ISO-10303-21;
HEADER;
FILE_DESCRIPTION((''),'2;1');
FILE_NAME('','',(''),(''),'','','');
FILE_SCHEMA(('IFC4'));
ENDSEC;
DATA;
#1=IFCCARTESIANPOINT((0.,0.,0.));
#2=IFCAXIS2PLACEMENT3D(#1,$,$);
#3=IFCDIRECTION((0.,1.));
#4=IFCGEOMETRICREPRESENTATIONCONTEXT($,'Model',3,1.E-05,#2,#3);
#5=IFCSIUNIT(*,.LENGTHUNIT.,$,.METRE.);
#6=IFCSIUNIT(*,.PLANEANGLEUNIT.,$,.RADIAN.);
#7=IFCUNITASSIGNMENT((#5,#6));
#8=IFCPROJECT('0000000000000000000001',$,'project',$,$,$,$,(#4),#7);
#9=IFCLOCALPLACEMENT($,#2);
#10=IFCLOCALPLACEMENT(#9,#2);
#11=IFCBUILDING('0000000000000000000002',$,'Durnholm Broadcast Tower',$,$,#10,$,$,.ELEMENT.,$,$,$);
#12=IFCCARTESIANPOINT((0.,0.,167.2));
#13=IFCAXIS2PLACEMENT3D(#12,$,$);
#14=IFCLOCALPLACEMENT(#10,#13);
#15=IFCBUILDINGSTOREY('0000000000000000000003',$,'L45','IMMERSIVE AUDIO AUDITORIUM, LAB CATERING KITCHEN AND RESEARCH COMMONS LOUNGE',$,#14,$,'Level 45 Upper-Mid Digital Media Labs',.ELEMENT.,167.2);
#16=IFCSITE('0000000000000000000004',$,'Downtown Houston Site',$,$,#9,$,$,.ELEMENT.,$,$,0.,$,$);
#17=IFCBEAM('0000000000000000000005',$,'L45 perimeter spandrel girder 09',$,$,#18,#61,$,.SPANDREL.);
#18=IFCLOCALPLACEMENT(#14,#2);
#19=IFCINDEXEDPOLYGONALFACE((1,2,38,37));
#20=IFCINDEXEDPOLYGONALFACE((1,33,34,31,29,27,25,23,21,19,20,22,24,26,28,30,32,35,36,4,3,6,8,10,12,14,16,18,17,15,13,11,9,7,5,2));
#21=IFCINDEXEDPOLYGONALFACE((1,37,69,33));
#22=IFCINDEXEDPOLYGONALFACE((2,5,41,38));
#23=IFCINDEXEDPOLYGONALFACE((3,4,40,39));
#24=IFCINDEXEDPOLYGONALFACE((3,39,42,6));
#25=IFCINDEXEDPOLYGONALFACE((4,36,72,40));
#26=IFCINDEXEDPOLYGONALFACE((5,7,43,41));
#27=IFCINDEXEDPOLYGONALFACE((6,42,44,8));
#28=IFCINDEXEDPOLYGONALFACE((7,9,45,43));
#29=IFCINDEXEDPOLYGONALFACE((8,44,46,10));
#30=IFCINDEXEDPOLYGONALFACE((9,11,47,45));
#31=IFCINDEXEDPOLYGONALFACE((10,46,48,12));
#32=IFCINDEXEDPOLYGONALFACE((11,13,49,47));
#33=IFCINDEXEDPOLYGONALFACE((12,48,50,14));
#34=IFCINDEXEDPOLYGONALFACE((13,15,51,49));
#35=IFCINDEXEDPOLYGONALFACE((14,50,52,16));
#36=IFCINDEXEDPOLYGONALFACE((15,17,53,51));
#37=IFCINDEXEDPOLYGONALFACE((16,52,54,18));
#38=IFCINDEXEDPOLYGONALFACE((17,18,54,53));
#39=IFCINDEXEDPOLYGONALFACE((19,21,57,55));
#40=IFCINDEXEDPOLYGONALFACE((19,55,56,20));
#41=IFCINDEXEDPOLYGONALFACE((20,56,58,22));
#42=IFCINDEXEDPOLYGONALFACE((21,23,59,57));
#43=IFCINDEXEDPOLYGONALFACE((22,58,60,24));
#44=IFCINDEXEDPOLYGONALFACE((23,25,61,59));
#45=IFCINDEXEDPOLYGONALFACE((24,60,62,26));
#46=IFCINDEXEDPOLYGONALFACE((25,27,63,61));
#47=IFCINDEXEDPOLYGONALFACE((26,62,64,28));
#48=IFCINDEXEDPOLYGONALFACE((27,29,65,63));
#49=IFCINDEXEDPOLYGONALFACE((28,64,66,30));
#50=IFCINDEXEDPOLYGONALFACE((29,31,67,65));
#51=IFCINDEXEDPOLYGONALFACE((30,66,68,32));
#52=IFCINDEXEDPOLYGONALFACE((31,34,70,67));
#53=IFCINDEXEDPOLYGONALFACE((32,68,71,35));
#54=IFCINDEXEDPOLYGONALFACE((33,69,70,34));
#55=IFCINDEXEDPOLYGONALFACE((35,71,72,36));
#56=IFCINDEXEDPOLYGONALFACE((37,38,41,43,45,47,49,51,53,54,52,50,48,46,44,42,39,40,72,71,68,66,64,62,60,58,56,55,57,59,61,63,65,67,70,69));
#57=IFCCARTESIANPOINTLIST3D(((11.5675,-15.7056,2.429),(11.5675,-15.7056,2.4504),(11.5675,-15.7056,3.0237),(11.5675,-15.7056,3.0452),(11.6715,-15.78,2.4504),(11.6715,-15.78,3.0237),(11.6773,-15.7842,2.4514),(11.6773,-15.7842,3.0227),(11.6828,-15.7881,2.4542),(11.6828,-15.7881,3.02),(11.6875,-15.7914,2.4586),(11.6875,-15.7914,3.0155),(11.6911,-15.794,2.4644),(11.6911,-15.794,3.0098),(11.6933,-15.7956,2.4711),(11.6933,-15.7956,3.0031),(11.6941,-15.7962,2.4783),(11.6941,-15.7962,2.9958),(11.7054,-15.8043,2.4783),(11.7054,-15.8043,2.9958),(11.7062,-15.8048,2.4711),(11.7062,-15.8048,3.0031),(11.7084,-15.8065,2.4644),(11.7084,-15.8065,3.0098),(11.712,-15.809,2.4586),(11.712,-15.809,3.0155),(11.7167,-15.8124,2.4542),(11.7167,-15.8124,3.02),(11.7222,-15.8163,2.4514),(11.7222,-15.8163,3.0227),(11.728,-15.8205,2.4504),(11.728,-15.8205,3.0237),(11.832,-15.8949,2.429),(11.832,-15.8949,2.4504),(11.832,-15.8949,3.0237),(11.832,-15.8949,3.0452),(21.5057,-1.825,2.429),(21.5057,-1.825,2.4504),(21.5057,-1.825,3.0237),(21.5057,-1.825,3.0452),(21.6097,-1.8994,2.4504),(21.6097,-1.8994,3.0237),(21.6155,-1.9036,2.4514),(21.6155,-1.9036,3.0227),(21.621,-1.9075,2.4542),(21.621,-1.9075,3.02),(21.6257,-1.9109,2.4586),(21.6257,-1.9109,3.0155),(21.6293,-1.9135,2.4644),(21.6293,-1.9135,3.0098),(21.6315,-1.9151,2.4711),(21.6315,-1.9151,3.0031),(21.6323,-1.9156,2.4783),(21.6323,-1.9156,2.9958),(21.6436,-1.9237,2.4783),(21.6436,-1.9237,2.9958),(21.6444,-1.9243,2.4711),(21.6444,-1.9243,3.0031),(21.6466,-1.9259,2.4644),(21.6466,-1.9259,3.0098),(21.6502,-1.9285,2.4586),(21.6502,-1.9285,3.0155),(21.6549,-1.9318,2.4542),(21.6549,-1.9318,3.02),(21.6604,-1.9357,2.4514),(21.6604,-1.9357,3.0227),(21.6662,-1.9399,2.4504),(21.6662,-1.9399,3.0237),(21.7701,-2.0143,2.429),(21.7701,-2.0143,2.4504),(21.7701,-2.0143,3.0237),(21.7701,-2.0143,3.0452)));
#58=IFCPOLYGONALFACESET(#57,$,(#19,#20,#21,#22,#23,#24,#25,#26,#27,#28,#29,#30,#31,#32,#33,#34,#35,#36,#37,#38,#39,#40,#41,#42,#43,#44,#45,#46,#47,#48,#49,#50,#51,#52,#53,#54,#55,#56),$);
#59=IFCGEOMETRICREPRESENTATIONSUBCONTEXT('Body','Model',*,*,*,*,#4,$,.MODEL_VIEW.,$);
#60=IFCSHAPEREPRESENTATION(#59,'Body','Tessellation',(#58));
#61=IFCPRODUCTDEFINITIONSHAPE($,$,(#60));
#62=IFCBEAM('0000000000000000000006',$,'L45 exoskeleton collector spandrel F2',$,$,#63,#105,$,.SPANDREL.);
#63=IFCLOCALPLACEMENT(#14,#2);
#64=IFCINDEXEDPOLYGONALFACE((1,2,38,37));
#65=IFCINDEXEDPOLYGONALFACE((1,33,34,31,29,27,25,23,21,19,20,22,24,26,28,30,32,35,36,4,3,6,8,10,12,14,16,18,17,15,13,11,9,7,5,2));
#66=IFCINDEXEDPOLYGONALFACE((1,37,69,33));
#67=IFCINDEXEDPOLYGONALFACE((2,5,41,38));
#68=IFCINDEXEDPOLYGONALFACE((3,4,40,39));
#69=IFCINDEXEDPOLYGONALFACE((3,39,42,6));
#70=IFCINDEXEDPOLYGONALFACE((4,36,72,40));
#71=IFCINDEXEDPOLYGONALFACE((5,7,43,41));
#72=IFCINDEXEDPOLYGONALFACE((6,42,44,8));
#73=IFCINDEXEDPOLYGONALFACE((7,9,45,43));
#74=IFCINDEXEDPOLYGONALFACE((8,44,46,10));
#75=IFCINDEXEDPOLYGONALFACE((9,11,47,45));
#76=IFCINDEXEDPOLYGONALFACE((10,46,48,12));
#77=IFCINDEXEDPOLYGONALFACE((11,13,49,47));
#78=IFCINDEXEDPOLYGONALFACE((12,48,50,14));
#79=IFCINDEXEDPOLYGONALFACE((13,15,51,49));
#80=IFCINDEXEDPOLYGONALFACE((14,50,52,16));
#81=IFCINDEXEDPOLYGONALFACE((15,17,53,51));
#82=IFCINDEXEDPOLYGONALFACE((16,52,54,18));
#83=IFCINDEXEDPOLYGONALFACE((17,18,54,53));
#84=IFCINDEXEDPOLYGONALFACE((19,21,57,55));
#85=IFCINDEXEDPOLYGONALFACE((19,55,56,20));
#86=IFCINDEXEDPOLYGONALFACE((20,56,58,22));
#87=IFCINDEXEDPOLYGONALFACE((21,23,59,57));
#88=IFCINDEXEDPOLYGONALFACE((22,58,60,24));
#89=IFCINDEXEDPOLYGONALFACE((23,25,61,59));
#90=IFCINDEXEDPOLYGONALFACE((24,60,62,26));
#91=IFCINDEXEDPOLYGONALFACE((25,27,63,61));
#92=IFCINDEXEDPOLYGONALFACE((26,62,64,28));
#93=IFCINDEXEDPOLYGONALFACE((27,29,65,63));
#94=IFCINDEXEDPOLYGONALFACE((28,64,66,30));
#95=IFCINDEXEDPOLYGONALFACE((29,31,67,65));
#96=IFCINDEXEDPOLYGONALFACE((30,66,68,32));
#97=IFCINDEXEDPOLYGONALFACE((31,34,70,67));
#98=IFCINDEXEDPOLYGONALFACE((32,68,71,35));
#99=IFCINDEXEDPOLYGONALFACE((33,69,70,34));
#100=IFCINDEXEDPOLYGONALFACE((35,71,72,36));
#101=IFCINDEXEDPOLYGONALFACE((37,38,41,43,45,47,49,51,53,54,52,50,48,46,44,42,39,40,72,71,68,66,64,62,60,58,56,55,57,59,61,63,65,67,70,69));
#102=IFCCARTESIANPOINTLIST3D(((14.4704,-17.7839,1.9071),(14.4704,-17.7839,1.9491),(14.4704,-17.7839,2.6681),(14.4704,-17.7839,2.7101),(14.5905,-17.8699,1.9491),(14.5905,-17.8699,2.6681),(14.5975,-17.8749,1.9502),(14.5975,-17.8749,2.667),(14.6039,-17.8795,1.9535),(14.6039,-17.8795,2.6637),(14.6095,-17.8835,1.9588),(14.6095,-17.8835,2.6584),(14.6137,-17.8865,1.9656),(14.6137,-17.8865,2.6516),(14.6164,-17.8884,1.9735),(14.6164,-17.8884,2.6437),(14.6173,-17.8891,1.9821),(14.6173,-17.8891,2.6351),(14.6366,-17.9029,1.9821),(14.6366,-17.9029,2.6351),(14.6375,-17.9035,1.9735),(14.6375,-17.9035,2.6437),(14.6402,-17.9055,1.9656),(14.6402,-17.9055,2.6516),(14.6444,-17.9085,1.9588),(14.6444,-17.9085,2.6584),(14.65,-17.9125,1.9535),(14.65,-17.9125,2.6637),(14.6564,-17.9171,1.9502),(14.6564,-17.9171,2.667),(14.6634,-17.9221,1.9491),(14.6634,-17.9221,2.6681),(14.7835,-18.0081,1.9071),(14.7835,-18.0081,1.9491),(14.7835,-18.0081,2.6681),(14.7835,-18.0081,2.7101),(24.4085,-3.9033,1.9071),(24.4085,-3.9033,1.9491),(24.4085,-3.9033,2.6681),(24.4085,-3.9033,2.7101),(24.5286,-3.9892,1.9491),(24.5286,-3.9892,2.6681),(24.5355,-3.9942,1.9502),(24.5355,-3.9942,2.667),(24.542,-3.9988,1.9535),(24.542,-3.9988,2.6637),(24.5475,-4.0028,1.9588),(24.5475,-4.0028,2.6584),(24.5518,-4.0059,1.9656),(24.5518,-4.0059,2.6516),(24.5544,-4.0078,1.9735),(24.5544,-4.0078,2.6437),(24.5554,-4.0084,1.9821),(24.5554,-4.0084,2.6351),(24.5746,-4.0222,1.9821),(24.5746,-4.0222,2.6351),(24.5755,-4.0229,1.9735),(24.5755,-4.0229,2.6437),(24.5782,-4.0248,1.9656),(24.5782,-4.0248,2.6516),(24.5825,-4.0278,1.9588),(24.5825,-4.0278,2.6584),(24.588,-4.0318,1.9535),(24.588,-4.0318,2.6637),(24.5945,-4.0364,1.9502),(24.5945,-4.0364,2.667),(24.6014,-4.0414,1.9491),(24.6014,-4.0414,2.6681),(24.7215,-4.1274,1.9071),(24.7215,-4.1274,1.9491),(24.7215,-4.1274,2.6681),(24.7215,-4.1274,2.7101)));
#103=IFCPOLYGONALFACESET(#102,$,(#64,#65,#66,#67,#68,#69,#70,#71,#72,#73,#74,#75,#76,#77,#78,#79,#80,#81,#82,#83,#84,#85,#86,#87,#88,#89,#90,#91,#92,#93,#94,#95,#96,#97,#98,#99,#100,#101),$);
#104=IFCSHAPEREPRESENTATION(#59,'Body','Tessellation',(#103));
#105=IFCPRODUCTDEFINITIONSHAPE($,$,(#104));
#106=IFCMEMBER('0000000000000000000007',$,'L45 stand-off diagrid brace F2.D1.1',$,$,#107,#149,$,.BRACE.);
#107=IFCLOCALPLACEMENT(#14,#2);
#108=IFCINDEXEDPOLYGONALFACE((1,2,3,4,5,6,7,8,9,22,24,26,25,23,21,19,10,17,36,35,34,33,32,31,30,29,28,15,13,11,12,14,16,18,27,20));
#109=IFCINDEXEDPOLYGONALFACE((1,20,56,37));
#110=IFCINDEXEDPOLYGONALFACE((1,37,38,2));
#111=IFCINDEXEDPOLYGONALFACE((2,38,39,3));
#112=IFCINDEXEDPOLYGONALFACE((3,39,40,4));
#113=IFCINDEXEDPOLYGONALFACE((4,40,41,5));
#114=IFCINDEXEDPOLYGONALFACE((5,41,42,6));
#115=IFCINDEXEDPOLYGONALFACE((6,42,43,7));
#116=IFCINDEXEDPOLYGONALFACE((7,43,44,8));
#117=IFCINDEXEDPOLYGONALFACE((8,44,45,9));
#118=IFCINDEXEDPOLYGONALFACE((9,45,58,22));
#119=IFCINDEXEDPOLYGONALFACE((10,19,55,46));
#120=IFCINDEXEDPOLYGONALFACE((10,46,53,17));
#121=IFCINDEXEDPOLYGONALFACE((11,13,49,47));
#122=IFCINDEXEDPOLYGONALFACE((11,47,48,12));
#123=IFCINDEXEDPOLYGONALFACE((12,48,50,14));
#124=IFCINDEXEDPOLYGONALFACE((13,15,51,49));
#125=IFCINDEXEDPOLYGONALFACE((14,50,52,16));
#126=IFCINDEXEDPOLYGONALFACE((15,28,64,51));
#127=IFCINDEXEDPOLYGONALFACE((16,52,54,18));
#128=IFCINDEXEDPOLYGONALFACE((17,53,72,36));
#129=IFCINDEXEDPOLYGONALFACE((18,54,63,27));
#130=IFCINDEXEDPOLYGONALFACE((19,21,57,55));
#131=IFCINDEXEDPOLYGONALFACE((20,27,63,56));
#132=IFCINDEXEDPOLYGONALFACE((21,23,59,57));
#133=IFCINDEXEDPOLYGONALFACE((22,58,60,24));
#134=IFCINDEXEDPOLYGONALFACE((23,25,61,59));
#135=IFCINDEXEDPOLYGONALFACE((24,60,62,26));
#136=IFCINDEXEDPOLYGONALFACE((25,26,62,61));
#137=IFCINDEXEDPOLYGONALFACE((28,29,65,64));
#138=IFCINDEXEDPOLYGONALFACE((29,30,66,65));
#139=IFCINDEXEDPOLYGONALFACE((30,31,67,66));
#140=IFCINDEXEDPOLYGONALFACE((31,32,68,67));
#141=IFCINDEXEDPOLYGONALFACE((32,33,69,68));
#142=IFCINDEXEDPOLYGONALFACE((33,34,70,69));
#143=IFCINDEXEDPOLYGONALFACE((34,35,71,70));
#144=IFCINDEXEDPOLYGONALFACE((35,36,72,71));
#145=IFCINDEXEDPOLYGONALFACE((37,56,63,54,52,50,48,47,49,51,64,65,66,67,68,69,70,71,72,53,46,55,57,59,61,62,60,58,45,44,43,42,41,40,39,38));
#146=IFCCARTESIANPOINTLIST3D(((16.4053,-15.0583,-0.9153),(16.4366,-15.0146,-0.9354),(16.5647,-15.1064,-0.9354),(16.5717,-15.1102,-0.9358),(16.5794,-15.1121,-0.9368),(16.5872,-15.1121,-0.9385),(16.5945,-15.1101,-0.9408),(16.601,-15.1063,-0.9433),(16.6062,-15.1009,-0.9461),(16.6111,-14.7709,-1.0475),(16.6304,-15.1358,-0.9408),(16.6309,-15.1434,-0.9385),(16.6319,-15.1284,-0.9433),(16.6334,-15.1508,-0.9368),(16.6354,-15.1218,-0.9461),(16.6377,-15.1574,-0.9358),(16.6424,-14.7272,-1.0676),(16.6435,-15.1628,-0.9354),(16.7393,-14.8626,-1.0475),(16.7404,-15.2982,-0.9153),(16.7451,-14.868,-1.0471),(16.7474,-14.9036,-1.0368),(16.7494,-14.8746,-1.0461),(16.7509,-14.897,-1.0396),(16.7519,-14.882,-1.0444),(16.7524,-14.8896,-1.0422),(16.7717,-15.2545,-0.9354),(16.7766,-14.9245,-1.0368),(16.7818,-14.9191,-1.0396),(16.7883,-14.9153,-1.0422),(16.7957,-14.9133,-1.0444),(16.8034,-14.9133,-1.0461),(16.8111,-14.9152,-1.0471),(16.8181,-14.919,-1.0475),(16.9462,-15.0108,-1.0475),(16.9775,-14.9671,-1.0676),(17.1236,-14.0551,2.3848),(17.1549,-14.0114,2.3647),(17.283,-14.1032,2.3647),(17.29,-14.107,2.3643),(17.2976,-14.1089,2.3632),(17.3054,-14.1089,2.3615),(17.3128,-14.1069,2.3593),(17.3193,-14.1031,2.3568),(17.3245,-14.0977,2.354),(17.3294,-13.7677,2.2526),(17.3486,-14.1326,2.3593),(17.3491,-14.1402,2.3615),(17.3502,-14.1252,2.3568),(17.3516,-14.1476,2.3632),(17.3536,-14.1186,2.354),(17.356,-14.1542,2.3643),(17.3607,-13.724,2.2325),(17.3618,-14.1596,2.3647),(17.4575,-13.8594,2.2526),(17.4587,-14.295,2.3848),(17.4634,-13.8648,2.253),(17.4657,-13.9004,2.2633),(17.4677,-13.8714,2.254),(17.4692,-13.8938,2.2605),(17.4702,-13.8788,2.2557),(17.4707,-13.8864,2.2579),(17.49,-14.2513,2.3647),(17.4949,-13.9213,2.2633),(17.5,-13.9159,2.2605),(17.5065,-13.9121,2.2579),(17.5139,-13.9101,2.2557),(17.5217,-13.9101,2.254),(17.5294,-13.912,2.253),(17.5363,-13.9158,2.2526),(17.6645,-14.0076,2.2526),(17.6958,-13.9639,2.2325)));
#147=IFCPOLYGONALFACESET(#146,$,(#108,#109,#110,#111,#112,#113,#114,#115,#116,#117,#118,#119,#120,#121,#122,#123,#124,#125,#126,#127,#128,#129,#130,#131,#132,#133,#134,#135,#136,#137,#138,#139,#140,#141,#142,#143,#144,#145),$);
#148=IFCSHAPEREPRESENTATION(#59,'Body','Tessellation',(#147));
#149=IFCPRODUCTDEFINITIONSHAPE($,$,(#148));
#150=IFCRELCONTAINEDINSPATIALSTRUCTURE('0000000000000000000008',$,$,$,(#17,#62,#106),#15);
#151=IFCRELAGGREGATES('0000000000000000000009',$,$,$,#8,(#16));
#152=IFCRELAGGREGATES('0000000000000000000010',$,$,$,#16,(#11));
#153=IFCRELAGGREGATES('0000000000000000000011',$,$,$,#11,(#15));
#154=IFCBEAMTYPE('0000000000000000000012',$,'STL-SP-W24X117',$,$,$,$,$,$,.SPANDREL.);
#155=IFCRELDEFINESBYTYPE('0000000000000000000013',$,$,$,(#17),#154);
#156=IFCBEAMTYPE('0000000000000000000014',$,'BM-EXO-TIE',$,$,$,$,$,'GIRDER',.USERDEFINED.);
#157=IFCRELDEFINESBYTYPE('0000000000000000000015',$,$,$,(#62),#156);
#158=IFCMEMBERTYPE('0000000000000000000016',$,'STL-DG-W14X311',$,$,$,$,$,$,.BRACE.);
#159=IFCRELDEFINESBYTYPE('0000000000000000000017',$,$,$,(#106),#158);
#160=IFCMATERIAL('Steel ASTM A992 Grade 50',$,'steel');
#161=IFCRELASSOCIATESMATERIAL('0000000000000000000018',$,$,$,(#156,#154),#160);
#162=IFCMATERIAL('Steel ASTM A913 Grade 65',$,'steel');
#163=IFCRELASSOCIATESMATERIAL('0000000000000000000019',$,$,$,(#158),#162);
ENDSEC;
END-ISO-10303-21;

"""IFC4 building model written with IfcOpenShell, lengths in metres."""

from ifc_helpers import new_model, si_unit, direction, frame, origin, origin_2d, place, context, subcontext, project, spatial, i_section, extrude, source, transform, mapped, material, material_profile, profile_set, type_object, type_shapes, element, save


model = new_model("IFC4")

# Units and contexts
model_context = context("Model", 3, precision=1e-05, world=origin(), true_north=direction((0.0, 1.0)))
body_context = subcontext(model_context, "Body", "Model", "MODEL_VIEW")
ifc_project = project(units=[si_unit("LENGTHUNIT", "METRE"), si_unit("PLANEANGLEUNIT", "RADIAN")], contexts=[model_context])

# Site, building, storey
site_placement = place(None, origin())
site = spatial("IfcSite", under=ifc_project, at=site_placement, Name="Downtown Houston Site", CompositionType="ELEMENT", RefElevation=0.0)
building_placement = place(site_placement, origin())
building = spatial("IfcBuilding", under=site, at=building_placement, Name="Durnholm Broadcast Tower", CompositionType="ELEMENT")
storey_placement = place(building_placement, frame((0.0, 0.0, 167.2)))
storey = spatial("IfcBuildingStorey", under=building, at=storey_placement, Name="L45", Description="IMMERSIVE AUDIO AUDITORIUM, LAB CATERING KITCHEN AND RESEARCH COMMONS LOUNGE", LongName="Level 45 Upper-Mid Digital Media Labs", CompositionType="ELEMENT", Elevation=167.2)

# Beams
ifc_material_1 = material(Name="Steel ASTM A992 Grade 50", Category="steel")
ifc_material_profile_1 = material_profile(ifc_material_1, i_section(OverallWidth=0.385, OverallDepth=0.803, WebThickness=0.0237, FlangeThickness=0.042, FilletRadius=0.033, at=origin_2d()), Name="W30X261")
ifc_profile_set_1 = profile_set([ifc_material_profile_1], Name="Steel ASTM A992 Grade 50")
beam_type_1 = type_object("IfcBeamType", Name="BM-EXO-TIE", ElementType="GIRDER", PredefinedType="USERDEFINED", material=ifc_profile_set_1)
ifc_material_profile_2 = material_profile(ifc_material_1, i_section(OverallWidth=0.3252, OverallDepth=0.6162, WebThickness=0.0139, FlangeThickness=0.0215, FilletRadius=0.0278, at=origin_2d()), Name="W24X117")
ifc_profile_set_2 = profile_set([ifc_material_profile_2], Name="Steel ASTM A992 Grade 50")
beam_type_2 = type_object("IfcBeamType", Name="STL-SP-W24X117", PredefinedType="SPANDREL", material=ifc_profile_set_2)
shared_shape_1 = source(origin(), body_context, "Body", "SweptSolid", [
    extrude(i_section(OverallWidth=0.3252, OverallDepth=0.6162, WebThickness=0.0139, FlangeThickness=0.0215, FilletRadius=0.0278, at=origin_2d()), origin(), (0.0, 0.0, 1.0), 17.0715),
])
beam_1_placement = place(storey_placement, frame((21.6379, -1.9197, 2.7371), z_axis=(-0.58215, -0.813082, 0.0), x_axis=(0.813082, -0.58215, 0.0)))
element("IfcBeam", 1, at=beam_1_placement, inside=storey, type_object=beam_type_2, Name="L45 perimeter spandrel girder 09", PredefinedType="SPANDREL", context=body_context, shape_type="MappedRepresentation", body=[
    mapped(shared_shape_1, transform((0.0, 0.0, 0.0), x_axis=(1.0, 0.0, 0.0), y_axis=(0.0, 1.0, 0.0), z_axis=(0.0, 0.0, 1.0), scale=1.0)),
])
shared_shape_2 = source(origin(), body_context, "Body", "SweptSolid", [
    extrude(i_section(OverallWidth=0.385, OverallDepth=0.803, WebThickness=0.0237, FlangeThickness=0.042, FilletRadius=0.033, at=origin_2d()), origin(), (0.0, 0.0, 1.0), 17.0715),
])
beam_2_placement = place(storey_placement, frame((14.627, -17.896, 2.3086), z_axis=(0.58214, 0.813088, 0.0), x_axis=(-0.813088, 0.58214, 0.0)))
element("IfcBeam", 2, at=beam_2_placement, inside=storey, type_object=beam_type_1, Name="L45 exoskeleton collector spandrel F2", PredefinedType="SPANDREL", context=body_context, shape_type="MappedRepresentation", body=[
    mapped(shared_shape_2, transform((0.0, 0.0, 0.0), x_axis=(1.0, 0.0, 0.0), y_axis=(0.0, 1.0, 0.0), z_axis=(0.0, 0.0, 1.0), scale=1.0)),
])

# Member
ifc_material_2 = material(Name="Steel ASTM A913 Grade 65", Category="steel")
ifc_material_profile_3 = material_profile(ifc_material_2, i_section(OverallWidth=0.4121, OverallDepth=0.4348, WebThickness=0.0359, FlangeThickness=0.0574, FilletRadius=0.0305, at=origin_2d()), Name="W14X311")
ifc_profile_set_3 = profile_set([ifc_material_profile_3], Name="Steel ASTM A913 Grade 65")
member_type_1 = type_object("IfcMemberType", Name="STL-DG-W14X311", PredefinedType="BRACE", material=ifc_profile_set_3)
shared_shape_3 = source(origin(), body_context, "Body", "SweptSolid", [
    extrude(i_section(OverallWidth=0.4121, OverallDepth=0.4348, WebThickness=0.0359, FlangeThickness=0.0574, FilletRadius=0.0305, at=origin_2d()), origin(), (0.0, 0.0, 1.0), 3.5232),
])
type_shapes(member_type_1, [shared_shape_3])
for number, where, z_axis, x_axis, name in (
    (3, (16.6914, -15.0127, -0.9915), (0.203869, 0.284738, 0.936676), (-0.813078, 0.582155, 0.0), "L45 stand-off diagrid brace F2.D1.1"),
):
    element("IfcMember", number, at=place(storey_placement, frame(where, z_axis=z_axis, x_axis=x_axis)), inside=storey, type_object=member_type_1, Name=name, PredefinedType="BRACE", context=body_context, shape_type="MappedRepresentation", body=[
        mapped(shared_shape_3, transform((0.0, 0.0, 0.0), x_axis=(1.0, 0.0, 0.0), y_axis=(0.0, 1.0, 0.0), z_axis=(0.0, 0.0, 1.0), scale=1.0)),
    ])

save(model, "model.ifc")
